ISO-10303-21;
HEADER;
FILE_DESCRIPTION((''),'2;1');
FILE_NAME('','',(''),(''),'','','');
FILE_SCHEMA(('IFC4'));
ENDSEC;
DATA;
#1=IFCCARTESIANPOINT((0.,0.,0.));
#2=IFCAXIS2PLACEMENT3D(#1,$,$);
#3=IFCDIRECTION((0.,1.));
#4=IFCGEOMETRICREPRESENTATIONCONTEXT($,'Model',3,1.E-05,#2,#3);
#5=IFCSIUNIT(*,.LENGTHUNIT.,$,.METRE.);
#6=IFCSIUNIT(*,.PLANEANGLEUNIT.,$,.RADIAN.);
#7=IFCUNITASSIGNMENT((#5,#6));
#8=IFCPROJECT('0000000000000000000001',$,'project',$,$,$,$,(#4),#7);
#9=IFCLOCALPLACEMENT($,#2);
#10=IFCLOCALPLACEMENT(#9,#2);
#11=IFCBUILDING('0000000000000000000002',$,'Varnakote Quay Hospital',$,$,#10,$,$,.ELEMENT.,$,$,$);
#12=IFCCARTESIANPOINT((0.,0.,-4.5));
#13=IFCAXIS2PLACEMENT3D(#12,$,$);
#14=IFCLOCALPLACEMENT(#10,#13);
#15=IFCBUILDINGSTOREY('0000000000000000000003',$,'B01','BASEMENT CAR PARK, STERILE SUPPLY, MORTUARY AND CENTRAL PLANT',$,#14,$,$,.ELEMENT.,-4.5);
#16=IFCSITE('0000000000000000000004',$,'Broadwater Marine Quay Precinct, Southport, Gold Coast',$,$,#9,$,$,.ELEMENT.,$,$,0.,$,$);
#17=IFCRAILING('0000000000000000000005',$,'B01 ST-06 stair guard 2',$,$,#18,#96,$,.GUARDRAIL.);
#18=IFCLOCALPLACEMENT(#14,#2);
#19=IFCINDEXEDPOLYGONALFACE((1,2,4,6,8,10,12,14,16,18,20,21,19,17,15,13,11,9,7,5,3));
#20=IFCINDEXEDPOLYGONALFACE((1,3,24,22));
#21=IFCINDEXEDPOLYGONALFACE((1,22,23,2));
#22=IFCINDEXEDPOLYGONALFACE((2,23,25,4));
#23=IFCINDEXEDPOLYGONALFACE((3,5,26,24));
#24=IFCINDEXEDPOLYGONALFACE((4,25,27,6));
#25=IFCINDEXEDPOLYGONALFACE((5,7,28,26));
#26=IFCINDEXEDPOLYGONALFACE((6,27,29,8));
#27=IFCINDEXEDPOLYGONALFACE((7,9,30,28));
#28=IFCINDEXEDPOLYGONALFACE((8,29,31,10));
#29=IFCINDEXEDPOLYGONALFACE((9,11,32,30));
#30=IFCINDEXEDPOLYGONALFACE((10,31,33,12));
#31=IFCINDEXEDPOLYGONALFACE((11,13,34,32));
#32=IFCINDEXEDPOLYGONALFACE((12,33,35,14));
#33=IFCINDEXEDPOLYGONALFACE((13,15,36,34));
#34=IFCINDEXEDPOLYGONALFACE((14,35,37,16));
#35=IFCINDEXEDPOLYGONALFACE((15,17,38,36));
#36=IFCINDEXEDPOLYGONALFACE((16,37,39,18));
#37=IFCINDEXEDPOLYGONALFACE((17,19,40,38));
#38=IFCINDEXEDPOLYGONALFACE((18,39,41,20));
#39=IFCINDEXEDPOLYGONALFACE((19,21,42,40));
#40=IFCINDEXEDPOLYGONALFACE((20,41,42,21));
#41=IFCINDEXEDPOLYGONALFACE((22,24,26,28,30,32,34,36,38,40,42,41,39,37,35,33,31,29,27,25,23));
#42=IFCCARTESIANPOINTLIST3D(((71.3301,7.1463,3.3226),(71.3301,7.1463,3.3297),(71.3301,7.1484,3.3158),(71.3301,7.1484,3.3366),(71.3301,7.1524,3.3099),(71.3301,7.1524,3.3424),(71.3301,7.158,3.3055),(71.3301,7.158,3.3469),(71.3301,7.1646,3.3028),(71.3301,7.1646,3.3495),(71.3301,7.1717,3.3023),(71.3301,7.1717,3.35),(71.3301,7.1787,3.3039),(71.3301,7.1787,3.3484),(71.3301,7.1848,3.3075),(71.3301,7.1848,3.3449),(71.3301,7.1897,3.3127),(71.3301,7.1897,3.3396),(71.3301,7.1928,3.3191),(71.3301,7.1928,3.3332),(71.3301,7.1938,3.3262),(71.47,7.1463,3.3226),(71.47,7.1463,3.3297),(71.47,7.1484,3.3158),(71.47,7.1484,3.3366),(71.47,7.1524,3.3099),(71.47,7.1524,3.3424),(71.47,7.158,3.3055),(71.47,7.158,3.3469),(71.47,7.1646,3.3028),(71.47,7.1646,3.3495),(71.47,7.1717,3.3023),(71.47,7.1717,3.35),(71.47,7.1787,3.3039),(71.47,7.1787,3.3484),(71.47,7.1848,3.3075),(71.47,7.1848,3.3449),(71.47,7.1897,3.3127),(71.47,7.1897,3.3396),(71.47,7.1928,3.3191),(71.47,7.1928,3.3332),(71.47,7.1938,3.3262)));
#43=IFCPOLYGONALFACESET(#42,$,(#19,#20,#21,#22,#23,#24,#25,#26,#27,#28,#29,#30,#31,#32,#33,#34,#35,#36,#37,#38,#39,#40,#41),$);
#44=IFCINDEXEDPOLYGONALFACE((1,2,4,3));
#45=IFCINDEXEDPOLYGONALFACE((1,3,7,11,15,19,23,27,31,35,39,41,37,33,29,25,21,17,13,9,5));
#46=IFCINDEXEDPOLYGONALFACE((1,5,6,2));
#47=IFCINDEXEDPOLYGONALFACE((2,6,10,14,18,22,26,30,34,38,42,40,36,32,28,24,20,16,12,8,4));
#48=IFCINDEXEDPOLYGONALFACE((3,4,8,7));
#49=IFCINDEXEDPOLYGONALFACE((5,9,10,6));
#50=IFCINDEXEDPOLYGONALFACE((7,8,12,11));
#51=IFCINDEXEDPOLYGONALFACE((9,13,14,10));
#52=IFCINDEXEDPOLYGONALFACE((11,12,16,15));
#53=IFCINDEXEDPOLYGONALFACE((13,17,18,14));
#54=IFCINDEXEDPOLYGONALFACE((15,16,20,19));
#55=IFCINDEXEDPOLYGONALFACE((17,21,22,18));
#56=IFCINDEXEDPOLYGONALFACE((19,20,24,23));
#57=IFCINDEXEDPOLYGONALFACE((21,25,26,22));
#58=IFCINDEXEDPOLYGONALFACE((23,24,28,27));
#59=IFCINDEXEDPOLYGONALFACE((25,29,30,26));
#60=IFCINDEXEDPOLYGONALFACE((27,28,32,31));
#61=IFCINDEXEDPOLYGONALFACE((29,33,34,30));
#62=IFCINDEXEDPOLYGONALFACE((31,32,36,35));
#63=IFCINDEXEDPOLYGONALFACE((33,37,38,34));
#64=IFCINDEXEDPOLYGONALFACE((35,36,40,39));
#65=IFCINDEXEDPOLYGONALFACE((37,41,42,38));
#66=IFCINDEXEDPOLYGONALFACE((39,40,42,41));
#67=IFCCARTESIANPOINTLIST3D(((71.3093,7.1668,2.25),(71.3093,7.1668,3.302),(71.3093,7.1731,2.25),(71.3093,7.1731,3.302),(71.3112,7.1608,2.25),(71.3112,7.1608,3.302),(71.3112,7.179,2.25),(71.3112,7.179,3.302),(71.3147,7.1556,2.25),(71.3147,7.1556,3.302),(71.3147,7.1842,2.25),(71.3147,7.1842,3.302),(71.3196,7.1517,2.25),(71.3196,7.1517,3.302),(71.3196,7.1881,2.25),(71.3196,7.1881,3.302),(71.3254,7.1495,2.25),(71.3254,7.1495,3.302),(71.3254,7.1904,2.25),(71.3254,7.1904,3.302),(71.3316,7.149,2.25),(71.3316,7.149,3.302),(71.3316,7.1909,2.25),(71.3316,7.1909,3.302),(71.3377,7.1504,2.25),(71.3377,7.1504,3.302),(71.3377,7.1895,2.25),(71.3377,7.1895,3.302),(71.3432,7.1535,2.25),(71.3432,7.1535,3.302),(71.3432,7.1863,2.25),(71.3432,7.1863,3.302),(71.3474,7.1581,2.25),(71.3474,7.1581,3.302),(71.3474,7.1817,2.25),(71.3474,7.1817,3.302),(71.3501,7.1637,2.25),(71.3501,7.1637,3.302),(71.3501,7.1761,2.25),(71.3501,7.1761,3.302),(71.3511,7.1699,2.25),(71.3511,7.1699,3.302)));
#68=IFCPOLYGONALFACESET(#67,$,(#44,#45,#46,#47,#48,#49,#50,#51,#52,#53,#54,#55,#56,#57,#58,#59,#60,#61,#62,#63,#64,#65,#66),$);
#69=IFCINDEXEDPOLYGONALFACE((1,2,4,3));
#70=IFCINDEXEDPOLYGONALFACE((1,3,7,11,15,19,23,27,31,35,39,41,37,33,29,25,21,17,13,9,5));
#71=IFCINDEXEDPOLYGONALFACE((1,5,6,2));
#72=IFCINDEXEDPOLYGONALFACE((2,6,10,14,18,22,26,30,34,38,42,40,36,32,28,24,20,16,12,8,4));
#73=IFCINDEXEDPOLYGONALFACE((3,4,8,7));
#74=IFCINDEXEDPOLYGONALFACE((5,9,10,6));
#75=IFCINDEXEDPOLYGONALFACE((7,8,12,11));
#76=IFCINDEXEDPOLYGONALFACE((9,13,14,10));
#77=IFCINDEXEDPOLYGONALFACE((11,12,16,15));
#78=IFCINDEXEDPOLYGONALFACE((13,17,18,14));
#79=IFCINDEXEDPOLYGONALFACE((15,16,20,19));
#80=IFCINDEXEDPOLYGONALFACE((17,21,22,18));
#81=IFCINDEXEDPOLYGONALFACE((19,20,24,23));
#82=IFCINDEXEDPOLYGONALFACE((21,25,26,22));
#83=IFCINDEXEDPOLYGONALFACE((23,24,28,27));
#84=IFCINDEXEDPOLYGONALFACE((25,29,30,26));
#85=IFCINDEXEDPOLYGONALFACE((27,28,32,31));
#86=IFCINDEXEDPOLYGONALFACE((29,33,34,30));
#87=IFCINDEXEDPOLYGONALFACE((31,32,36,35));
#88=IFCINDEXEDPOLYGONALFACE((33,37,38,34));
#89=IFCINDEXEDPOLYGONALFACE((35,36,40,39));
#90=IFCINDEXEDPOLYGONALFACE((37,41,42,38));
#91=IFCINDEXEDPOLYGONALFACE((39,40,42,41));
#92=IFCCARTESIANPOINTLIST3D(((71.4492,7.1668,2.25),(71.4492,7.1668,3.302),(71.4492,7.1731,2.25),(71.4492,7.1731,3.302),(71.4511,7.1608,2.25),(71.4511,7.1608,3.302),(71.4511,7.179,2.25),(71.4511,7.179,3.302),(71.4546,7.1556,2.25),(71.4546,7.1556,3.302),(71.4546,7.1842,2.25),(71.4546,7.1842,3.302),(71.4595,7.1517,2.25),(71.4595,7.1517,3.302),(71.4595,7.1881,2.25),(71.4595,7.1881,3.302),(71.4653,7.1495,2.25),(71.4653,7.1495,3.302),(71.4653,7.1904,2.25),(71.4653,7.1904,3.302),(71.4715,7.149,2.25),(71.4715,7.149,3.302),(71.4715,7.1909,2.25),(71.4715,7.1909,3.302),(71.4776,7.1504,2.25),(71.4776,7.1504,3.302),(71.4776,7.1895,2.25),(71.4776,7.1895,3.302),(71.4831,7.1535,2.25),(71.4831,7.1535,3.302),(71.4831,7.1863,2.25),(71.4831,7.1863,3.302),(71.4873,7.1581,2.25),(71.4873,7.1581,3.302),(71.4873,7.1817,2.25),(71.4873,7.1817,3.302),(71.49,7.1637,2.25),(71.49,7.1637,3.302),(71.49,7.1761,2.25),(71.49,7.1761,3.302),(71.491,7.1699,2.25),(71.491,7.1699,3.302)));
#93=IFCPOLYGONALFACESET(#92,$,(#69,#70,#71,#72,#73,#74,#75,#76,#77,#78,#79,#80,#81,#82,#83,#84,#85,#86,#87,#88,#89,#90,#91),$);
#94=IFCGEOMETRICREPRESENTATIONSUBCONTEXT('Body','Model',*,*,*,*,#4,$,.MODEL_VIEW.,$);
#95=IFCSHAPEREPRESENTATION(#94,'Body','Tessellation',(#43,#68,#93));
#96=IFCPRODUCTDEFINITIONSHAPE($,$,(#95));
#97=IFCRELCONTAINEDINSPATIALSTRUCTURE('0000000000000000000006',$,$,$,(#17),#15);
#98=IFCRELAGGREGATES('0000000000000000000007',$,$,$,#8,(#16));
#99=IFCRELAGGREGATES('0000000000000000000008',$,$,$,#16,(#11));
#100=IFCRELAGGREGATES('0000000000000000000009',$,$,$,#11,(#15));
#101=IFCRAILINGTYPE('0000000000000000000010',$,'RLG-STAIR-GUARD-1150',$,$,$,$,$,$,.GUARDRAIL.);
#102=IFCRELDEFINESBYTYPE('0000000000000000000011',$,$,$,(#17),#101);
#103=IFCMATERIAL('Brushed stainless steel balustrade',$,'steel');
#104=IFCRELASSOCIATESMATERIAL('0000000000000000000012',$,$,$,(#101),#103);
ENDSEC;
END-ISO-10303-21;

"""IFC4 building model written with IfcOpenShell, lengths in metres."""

from ifc_helpers import new_model, si_unit, direction, frame, origin, origin_2d, place, context, subcontext, project, spatial, circle, extrude, material, type_object, element, save


model = new_model("IFC4")

# Units and contexts
model_context = context("Model", 3, precision=1e-05, world=origin(), true_north=direction((0.0, 1.0)))
body_context = subcontext(model_context, "Body", "Model", "MODEL_VIEW")
ifc_project = project(units=[si_unit("LENGTHUNIT", "METRE"), si_unit("PLANEANGLEUNIT", "RADIAN")], contexts=[model_context])

# Site, building, storey
site_placement = place(None, origin())
site = spatial("IfcSite", under=ifc_project, at=site_placement, Name="Broadwater Marine Quay Precinct, Southport, Gold Coast", CompositionType="ELEMENT", RefElevation=0.0)
building_placement = place(site_placement, origin())
building = spatial("IfcBuilding", under=site, at=building_placement, Name="Varnakote Quay Hospital", CompositionType="ELEMENT")
storey_placement = place(building_placement, frame((0.0, 0.0, -4.5)))
storey = spatial("IfcBuildingStorey", under=building, at=storey_placement, Name="B01", Description="BASEMENT CAR PARK, STERILE SUPPLY, MORTUARY AND CENTRAL PLANT", CompositionType="ELEMENT", Elevation=-4.5)

# Railing
ifc_material_1 = material(Name="Brushed stainless steel balustrade", Category="steel")
railing_type_1 = type_object("IfcRailingType", Name="RLG-STAIR-GUARD-1150", PredefinedType="GUARDRAIL", material=ifc_material_1)
railing_1_placement = place(storey_placement, frame((71.3301, 7.1699, 2.25)))
element("IfcRailing", 1, at=railing_1_placement, inside=storey, type_object=railing_type_1, Name="B01 ST-06 stair guard 2", PredefinedType="GUARDRAIL", context=body_context, shape_type="SweptSolid", body=[
    extrude(circle(Radius=0.0239, at=origin_2d()), frame((0.0, 0.0, 1.0762), z_axis=(1.0, 0.0, 0.0), x_axis=(0.0, 1.0, 0.0)), (0.0, 0.0, 1.0), 0.1399),
    extrude(circle(Radius=0.021, at=origin_2d()), origin(), (0.0, 0.0, 1.0), 1.052),
    extrude(circle(Radius=0.021, at=origin_2d()), frame((0.1399, 0.0, 0.0)), (0.0, 0.0, 1.0), 1.052),
])

save(model, "model.ifc")
